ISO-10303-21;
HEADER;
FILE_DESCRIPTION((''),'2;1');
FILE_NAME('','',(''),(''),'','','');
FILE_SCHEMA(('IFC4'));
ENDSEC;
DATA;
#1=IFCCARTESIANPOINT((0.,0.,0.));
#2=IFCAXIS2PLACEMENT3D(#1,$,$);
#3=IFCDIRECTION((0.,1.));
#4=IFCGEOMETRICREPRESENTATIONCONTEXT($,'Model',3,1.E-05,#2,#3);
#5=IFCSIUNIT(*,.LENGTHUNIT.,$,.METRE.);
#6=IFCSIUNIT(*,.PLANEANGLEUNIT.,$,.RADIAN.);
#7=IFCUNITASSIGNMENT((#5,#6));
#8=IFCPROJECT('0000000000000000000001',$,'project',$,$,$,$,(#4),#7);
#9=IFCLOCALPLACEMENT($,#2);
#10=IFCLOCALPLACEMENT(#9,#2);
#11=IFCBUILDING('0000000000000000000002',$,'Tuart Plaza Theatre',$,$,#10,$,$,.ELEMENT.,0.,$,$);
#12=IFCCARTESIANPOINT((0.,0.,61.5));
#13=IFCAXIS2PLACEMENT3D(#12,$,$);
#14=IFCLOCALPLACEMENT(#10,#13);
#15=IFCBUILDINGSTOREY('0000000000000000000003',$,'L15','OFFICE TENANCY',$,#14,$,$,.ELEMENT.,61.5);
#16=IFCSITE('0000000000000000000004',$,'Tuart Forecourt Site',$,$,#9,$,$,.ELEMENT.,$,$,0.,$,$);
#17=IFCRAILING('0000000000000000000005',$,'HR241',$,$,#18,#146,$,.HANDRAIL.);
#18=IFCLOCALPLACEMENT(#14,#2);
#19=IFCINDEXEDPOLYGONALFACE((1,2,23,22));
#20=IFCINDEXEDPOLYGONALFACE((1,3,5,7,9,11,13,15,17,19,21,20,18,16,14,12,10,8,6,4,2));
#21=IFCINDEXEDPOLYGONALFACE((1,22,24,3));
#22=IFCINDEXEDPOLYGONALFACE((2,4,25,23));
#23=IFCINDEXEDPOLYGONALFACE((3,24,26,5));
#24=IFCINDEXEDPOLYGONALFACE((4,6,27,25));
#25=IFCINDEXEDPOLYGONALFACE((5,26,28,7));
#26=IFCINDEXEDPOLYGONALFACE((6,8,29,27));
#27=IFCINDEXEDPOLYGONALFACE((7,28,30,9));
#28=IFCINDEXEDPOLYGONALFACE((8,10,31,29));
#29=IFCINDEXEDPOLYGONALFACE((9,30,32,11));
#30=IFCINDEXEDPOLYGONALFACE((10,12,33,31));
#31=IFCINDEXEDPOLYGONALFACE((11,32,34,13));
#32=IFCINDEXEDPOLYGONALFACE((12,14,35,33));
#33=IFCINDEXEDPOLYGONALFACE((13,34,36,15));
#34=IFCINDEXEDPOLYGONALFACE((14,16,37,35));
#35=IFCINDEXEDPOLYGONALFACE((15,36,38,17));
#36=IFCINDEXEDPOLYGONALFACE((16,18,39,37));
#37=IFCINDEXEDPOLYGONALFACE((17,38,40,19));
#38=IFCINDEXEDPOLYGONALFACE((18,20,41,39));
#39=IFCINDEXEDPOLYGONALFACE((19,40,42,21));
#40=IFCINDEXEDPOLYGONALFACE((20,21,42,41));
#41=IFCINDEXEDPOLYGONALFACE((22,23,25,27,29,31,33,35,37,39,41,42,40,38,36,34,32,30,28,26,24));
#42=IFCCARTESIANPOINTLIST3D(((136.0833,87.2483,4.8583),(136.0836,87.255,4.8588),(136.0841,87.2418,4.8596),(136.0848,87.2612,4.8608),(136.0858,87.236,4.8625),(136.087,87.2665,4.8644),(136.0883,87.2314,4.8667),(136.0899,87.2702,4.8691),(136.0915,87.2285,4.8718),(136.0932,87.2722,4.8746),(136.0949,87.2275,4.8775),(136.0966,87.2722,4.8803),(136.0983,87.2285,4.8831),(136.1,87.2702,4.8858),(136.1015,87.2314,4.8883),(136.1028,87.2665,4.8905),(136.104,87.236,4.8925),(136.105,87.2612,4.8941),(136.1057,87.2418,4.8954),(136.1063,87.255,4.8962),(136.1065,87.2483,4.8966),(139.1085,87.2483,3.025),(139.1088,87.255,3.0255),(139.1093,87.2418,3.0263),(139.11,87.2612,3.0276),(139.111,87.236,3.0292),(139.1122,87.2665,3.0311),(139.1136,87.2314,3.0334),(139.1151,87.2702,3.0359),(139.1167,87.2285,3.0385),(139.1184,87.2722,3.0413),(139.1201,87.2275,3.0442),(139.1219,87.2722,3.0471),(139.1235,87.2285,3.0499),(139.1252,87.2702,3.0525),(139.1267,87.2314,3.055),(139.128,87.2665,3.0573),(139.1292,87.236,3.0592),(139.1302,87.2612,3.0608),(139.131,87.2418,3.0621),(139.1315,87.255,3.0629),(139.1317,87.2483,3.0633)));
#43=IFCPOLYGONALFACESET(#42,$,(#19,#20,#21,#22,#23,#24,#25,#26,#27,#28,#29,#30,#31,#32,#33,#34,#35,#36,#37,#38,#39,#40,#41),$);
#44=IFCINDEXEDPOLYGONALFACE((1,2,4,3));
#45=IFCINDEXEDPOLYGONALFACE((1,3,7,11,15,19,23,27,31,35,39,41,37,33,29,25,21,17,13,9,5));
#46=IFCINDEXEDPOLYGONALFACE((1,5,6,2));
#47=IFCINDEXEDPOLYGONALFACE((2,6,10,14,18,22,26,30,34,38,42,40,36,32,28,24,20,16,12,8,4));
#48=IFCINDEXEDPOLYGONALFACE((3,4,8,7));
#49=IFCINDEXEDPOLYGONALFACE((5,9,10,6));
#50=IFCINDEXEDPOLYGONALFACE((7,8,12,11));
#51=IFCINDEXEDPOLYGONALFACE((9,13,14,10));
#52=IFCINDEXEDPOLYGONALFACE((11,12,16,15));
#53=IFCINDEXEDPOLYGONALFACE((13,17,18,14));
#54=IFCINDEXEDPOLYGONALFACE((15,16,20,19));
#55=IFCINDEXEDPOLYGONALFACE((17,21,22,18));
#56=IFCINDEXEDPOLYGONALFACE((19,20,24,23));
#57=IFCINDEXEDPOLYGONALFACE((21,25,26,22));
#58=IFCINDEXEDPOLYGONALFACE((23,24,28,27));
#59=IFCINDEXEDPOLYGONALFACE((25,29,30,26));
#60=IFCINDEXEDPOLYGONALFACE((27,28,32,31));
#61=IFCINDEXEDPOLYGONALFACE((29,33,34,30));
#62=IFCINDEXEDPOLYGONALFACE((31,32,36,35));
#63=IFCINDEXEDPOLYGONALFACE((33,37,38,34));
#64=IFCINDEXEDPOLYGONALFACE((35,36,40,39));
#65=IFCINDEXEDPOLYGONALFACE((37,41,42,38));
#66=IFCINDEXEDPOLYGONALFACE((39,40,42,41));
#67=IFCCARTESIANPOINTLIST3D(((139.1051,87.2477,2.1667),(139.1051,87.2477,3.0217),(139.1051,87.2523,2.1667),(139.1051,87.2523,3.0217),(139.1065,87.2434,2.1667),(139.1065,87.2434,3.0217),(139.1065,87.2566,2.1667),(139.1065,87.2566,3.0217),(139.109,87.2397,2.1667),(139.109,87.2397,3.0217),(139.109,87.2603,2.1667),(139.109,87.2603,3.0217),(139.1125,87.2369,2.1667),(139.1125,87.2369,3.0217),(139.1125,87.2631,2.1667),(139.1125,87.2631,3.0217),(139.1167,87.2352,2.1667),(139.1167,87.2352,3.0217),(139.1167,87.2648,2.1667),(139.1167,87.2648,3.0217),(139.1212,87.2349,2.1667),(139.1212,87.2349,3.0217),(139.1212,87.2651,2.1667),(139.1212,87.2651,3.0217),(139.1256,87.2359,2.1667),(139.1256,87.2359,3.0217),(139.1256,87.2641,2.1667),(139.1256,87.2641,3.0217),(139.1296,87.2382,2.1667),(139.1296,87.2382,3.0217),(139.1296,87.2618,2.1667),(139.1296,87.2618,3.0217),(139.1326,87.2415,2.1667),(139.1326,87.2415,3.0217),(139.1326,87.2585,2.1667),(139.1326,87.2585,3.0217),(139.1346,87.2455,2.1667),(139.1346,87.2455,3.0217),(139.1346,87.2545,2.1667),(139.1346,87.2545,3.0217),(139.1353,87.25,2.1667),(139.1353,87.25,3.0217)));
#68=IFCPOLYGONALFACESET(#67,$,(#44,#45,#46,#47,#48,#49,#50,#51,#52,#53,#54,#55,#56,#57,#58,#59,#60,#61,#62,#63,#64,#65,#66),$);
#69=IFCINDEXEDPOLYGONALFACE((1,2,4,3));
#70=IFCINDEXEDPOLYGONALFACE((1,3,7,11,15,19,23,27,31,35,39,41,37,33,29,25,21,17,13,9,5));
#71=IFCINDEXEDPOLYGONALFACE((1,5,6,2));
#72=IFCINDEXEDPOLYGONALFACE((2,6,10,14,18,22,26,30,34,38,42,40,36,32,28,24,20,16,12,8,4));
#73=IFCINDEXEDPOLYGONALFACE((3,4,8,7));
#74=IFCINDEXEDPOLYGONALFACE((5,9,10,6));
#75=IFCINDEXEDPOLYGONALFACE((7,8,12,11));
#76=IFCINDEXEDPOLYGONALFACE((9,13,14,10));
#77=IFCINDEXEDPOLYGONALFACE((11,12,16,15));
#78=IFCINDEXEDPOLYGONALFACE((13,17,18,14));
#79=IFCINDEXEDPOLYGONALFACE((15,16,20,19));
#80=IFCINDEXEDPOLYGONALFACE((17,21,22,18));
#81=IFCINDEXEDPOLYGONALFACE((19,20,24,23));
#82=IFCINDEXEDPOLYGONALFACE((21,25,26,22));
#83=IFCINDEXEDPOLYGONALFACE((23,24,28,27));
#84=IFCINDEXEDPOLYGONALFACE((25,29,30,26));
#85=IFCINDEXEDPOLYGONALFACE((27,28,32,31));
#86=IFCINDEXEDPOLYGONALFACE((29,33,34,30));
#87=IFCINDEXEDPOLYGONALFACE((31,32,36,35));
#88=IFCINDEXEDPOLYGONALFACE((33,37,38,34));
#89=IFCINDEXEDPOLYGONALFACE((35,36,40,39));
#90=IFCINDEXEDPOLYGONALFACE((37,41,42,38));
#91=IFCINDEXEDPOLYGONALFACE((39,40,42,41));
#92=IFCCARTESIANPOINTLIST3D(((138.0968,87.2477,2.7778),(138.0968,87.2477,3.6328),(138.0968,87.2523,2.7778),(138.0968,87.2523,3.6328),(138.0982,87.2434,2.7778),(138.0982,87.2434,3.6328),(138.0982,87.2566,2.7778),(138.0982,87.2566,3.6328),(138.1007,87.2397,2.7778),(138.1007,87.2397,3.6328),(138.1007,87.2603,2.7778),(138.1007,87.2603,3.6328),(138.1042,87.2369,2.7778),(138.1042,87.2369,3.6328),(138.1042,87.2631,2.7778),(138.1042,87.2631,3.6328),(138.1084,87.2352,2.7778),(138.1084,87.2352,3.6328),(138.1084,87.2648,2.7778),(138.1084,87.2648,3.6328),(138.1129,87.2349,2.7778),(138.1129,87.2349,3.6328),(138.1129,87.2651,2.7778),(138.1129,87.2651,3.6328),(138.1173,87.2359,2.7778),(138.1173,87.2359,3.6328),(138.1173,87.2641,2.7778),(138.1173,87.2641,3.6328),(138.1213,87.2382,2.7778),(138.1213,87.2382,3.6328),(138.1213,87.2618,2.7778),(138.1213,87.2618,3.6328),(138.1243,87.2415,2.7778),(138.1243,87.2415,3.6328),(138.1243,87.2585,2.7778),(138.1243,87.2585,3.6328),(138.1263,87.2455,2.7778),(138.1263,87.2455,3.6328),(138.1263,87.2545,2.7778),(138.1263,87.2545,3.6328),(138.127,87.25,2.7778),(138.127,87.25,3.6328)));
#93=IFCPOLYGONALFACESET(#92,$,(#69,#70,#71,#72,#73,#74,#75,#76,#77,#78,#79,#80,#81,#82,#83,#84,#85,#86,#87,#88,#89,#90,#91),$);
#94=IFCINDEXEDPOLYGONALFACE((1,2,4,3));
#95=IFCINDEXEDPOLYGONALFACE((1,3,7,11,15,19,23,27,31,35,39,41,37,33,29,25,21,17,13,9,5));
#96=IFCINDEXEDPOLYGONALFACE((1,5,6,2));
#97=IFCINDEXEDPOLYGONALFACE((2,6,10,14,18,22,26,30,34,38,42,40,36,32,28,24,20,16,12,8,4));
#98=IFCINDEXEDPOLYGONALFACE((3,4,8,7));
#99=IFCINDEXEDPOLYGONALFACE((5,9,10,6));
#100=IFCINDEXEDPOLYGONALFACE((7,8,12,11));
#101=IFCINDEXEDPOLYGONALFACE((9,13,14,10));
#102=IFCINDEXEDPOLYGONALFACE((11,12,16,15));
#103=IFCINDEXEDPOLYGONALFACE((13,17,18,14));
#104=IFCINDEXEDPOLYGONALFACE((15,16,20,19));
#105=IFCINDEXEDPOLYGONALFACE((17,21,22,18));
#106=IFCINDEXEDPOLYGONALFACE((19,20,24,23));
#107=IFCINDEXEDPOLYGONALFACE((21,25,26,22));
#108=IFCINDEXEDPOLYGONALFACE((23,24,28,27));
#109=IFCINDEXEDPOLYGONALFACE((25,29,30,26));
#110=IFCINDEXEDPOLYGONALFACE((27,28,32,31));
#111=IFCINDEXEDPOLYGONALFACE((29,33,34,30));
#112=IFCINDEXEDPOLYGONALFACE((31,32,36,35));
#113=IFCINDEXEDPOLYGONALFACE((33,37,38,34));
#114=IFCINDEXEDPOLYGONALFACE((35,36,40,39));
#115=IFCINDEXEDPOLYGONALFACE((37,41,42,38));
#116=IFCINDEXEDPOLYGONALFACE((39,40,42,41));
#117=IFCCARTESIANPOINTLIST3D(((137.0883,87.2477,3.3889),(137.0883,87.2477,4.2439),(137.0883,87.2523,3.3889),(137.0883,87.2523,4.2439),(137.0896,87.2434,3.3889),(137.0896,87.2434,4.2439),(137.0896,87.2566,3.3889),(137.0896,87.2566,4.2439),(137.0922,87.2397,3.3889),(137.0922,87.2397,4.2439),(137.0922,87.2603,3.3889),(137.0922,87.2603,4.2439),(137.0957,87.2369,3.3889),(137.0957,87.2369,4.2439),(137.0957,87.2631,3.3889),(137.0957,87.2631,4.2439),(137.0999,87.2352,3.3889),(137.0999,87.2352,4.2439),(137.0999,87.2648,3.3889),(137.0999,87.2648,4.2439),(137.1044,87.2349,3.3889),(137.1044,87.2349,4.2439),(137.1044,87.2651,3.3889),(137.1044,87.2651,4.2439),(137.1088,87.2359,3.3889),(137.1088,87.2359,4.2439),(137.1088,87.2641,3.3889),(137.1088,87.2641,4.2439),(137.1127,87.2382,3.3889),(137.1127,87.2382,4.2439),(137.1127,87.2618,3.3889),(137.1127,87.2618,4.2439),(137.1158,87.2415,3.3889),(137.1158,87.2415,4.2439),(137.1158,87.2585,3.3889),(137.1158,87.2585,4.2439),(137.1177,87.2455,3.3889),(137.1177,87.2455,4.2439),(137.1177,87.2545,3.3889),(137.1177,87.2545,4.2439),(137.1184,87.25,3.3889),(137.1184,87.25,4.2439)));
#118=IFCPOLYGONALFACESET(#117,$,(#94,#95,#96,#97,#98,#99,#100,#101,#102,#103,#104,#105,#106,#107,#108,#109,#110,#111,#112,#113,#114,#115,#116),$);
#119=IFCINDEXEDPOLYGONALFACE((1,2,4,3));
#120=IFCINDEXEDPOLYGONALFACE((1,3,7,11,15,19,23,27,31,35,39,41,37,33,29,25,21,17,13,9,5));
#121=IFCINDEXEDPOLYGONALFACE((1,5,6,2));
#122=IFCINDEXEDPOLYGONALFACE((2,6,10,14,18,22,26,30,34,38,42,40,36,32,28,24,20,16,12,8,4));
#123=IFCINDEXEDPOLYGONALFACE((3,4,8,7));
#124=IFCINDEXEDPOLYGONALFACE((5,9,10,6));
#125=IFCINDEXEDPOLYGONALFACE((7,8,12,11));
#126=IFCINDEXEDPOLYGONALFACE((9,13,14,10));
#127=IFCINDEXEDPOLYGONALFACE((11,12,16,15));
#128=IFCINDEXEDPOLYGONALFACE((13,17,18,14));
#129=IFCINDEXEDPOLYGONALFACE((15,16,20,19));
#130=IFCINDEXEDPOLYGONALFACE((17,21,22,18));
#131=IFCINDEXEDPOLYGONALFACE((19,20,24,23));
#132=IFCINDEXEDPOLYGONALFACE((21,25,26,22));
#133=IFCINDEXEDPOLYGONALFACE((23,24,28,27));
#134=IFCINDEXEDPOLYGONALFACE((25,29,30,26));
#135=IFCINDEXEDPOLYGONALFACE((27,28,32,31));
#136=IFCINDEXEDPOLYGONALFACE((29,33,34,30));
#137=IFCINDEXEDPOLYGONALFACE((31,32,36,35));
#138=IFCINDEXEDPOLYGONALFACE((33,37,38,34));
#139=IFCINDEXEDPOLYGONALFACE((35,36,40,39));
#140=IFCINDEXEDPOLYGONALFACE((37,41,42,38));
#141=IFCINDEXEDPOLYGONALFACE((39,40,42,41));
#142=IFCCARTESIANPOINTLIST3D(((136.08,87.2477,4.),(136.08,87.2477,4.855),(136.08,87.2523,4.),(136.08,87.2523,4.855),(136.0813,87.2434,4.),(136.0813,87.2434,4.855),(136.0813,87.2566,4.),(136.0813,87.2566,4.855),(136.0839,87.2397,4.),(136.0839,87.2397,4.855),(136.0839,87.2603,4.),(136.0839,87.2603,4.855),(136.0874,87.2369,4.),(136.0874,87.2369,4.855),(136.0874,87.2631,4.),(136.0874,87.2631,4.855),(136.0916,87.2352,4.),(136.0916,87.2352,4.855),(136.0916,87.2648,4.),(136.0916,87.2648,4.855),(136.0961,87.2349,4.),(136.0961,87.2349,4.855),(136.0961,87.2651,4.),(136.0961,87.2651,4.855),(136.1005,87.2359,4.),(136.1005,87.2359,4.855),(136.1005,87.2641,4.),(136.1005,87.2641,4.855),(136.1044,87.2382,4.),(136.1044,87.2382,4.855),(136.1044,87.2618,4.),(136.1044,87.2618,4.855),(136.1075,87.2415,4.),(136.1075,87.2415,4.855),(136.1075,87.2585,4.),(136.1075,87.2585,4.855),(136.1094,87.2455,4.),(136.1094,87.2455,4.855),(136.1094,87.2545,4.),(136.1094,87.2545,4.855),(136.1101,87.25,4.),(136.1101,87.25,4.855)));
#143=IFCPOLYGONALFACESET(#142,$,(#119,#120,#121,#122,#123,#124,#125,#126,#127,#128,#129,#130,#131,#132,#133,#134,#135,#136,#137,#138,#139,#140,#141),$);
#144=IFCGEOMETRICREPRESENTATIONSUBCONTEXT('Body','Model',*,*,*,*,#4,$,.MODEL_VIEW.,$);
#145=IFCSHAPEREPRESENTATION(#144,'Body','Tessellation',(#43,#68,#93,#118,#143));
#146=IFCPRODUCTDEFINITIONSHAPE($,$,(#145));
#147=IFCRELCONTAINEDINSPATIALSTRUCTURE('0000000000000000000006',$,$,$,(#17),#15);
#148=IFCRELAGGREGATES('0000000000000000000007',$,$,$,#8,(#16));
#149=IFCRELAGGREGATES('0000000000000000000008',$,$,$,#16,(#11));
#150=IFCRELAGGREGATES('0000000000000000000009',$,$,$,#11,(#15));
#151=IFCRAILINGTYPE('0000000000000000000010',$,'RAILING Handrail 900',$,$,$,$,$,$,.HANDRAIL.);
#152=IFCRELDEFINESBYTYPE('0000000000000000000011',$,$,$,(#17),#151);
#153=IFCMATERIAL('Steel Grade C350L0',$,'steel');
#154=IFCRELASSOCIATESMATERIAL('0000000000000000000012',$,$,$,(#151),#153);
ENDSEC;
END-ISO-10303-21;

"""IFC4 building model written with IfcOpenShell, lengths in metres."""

from ifc_helpers import new_model, si_unit, direction, frame, origin, origin_2d, place, context, subcontext, project, spatial, circle, extrude, material, type_object, element, save


model = new_model("IFC4")

# Units and contexts
model_context = context("Model", 3, precision=1e-05, world=origin(), true_north=direction((0.0, 1.0)))
body_context = subcontext(model_context, "Body", "Model", "MODEL_VIEW")
ifc_project = project(units=[si_unit("LENGTHUNIT", "METRE"), si_unit("PLANEANGLEUNIT", "RADIAN")], contexts=[model_context])

# Site, building, storey
site_placement = place(None, origin())
site = spatial("IfcSite", under=ifc_project, at=site_placement, Name="Tuart Forecourt Site", CompositionType="ELEMENT", RefElevation=0.0)
building_placement = place(site_placement, origin())
building = spatial("IfcBuilding", under=site, at=building_placement, Name="Tuart Plaza Theatre", CompositionType="ELEMENT", ElevationOfRefHeight=0.0)
storey_placement = place(building_placement, frame((0.0, 0.0, 61.5)))
storey = spatial("IfcBuildingStorey", under=building, at=storey_placement, Name="L15", Description="OFFICE TENANCY", CompositionType="ELEMENT", Elevation=61.5)

# Railing
ifc_material_1 = material(Name="Steel Grade C350L0", Category="steel")
railing_type_1 = type_object("IfcRailingType", Name="RAILING Handrail 900", PredefinedType="HANDRAIL", material=ifc_material_1)
for number, where, name in (
    (1, (139.1201, 87.25, 2.1667), "HR241"),
):
    element("IfcRailing", number, at=place(storey_placement, frame(where)), inside=storey, type_object=railing_type_1, Name=name, PredefinedType="HANDRAIL", context=body_context, shape_type="SweptSolid", body=[
        extrude(circle(Radius=0.0225, at=origin_2d()), frame((0.0, 0.0, 0.8774), z_axis=(-0.855219, 0.0, 0.518267), x_axis=(0.0, -1.0, 0.0)), (0.0, 0.0, 1.0), 3.5374),
        extrude(circle(Radius=0.0151, at=origin_2d()), origin(), (0.0, 0.0, 1.0), 0.855),
        extrude(circle(Radius=0.0151, at=origin_2d()), frame((-1.0083, 0.0, 0.6111)), (0.0, 0.0, 1.0), 0.855),
        extrude(circle(Radius=0.0151, at=origin_2d()), frame((-2.0168, 0.0, 1.2222)), (0.0, 0.0, 1.0), 0.855),
        extrude(circle(Radius=0.0151, at=origin_2d()), frame((-3.0251, 0.0, 1.8333)), (0.0, 0.0, 1.0), 0.855),
    ])

save(model, "model.ifc")
